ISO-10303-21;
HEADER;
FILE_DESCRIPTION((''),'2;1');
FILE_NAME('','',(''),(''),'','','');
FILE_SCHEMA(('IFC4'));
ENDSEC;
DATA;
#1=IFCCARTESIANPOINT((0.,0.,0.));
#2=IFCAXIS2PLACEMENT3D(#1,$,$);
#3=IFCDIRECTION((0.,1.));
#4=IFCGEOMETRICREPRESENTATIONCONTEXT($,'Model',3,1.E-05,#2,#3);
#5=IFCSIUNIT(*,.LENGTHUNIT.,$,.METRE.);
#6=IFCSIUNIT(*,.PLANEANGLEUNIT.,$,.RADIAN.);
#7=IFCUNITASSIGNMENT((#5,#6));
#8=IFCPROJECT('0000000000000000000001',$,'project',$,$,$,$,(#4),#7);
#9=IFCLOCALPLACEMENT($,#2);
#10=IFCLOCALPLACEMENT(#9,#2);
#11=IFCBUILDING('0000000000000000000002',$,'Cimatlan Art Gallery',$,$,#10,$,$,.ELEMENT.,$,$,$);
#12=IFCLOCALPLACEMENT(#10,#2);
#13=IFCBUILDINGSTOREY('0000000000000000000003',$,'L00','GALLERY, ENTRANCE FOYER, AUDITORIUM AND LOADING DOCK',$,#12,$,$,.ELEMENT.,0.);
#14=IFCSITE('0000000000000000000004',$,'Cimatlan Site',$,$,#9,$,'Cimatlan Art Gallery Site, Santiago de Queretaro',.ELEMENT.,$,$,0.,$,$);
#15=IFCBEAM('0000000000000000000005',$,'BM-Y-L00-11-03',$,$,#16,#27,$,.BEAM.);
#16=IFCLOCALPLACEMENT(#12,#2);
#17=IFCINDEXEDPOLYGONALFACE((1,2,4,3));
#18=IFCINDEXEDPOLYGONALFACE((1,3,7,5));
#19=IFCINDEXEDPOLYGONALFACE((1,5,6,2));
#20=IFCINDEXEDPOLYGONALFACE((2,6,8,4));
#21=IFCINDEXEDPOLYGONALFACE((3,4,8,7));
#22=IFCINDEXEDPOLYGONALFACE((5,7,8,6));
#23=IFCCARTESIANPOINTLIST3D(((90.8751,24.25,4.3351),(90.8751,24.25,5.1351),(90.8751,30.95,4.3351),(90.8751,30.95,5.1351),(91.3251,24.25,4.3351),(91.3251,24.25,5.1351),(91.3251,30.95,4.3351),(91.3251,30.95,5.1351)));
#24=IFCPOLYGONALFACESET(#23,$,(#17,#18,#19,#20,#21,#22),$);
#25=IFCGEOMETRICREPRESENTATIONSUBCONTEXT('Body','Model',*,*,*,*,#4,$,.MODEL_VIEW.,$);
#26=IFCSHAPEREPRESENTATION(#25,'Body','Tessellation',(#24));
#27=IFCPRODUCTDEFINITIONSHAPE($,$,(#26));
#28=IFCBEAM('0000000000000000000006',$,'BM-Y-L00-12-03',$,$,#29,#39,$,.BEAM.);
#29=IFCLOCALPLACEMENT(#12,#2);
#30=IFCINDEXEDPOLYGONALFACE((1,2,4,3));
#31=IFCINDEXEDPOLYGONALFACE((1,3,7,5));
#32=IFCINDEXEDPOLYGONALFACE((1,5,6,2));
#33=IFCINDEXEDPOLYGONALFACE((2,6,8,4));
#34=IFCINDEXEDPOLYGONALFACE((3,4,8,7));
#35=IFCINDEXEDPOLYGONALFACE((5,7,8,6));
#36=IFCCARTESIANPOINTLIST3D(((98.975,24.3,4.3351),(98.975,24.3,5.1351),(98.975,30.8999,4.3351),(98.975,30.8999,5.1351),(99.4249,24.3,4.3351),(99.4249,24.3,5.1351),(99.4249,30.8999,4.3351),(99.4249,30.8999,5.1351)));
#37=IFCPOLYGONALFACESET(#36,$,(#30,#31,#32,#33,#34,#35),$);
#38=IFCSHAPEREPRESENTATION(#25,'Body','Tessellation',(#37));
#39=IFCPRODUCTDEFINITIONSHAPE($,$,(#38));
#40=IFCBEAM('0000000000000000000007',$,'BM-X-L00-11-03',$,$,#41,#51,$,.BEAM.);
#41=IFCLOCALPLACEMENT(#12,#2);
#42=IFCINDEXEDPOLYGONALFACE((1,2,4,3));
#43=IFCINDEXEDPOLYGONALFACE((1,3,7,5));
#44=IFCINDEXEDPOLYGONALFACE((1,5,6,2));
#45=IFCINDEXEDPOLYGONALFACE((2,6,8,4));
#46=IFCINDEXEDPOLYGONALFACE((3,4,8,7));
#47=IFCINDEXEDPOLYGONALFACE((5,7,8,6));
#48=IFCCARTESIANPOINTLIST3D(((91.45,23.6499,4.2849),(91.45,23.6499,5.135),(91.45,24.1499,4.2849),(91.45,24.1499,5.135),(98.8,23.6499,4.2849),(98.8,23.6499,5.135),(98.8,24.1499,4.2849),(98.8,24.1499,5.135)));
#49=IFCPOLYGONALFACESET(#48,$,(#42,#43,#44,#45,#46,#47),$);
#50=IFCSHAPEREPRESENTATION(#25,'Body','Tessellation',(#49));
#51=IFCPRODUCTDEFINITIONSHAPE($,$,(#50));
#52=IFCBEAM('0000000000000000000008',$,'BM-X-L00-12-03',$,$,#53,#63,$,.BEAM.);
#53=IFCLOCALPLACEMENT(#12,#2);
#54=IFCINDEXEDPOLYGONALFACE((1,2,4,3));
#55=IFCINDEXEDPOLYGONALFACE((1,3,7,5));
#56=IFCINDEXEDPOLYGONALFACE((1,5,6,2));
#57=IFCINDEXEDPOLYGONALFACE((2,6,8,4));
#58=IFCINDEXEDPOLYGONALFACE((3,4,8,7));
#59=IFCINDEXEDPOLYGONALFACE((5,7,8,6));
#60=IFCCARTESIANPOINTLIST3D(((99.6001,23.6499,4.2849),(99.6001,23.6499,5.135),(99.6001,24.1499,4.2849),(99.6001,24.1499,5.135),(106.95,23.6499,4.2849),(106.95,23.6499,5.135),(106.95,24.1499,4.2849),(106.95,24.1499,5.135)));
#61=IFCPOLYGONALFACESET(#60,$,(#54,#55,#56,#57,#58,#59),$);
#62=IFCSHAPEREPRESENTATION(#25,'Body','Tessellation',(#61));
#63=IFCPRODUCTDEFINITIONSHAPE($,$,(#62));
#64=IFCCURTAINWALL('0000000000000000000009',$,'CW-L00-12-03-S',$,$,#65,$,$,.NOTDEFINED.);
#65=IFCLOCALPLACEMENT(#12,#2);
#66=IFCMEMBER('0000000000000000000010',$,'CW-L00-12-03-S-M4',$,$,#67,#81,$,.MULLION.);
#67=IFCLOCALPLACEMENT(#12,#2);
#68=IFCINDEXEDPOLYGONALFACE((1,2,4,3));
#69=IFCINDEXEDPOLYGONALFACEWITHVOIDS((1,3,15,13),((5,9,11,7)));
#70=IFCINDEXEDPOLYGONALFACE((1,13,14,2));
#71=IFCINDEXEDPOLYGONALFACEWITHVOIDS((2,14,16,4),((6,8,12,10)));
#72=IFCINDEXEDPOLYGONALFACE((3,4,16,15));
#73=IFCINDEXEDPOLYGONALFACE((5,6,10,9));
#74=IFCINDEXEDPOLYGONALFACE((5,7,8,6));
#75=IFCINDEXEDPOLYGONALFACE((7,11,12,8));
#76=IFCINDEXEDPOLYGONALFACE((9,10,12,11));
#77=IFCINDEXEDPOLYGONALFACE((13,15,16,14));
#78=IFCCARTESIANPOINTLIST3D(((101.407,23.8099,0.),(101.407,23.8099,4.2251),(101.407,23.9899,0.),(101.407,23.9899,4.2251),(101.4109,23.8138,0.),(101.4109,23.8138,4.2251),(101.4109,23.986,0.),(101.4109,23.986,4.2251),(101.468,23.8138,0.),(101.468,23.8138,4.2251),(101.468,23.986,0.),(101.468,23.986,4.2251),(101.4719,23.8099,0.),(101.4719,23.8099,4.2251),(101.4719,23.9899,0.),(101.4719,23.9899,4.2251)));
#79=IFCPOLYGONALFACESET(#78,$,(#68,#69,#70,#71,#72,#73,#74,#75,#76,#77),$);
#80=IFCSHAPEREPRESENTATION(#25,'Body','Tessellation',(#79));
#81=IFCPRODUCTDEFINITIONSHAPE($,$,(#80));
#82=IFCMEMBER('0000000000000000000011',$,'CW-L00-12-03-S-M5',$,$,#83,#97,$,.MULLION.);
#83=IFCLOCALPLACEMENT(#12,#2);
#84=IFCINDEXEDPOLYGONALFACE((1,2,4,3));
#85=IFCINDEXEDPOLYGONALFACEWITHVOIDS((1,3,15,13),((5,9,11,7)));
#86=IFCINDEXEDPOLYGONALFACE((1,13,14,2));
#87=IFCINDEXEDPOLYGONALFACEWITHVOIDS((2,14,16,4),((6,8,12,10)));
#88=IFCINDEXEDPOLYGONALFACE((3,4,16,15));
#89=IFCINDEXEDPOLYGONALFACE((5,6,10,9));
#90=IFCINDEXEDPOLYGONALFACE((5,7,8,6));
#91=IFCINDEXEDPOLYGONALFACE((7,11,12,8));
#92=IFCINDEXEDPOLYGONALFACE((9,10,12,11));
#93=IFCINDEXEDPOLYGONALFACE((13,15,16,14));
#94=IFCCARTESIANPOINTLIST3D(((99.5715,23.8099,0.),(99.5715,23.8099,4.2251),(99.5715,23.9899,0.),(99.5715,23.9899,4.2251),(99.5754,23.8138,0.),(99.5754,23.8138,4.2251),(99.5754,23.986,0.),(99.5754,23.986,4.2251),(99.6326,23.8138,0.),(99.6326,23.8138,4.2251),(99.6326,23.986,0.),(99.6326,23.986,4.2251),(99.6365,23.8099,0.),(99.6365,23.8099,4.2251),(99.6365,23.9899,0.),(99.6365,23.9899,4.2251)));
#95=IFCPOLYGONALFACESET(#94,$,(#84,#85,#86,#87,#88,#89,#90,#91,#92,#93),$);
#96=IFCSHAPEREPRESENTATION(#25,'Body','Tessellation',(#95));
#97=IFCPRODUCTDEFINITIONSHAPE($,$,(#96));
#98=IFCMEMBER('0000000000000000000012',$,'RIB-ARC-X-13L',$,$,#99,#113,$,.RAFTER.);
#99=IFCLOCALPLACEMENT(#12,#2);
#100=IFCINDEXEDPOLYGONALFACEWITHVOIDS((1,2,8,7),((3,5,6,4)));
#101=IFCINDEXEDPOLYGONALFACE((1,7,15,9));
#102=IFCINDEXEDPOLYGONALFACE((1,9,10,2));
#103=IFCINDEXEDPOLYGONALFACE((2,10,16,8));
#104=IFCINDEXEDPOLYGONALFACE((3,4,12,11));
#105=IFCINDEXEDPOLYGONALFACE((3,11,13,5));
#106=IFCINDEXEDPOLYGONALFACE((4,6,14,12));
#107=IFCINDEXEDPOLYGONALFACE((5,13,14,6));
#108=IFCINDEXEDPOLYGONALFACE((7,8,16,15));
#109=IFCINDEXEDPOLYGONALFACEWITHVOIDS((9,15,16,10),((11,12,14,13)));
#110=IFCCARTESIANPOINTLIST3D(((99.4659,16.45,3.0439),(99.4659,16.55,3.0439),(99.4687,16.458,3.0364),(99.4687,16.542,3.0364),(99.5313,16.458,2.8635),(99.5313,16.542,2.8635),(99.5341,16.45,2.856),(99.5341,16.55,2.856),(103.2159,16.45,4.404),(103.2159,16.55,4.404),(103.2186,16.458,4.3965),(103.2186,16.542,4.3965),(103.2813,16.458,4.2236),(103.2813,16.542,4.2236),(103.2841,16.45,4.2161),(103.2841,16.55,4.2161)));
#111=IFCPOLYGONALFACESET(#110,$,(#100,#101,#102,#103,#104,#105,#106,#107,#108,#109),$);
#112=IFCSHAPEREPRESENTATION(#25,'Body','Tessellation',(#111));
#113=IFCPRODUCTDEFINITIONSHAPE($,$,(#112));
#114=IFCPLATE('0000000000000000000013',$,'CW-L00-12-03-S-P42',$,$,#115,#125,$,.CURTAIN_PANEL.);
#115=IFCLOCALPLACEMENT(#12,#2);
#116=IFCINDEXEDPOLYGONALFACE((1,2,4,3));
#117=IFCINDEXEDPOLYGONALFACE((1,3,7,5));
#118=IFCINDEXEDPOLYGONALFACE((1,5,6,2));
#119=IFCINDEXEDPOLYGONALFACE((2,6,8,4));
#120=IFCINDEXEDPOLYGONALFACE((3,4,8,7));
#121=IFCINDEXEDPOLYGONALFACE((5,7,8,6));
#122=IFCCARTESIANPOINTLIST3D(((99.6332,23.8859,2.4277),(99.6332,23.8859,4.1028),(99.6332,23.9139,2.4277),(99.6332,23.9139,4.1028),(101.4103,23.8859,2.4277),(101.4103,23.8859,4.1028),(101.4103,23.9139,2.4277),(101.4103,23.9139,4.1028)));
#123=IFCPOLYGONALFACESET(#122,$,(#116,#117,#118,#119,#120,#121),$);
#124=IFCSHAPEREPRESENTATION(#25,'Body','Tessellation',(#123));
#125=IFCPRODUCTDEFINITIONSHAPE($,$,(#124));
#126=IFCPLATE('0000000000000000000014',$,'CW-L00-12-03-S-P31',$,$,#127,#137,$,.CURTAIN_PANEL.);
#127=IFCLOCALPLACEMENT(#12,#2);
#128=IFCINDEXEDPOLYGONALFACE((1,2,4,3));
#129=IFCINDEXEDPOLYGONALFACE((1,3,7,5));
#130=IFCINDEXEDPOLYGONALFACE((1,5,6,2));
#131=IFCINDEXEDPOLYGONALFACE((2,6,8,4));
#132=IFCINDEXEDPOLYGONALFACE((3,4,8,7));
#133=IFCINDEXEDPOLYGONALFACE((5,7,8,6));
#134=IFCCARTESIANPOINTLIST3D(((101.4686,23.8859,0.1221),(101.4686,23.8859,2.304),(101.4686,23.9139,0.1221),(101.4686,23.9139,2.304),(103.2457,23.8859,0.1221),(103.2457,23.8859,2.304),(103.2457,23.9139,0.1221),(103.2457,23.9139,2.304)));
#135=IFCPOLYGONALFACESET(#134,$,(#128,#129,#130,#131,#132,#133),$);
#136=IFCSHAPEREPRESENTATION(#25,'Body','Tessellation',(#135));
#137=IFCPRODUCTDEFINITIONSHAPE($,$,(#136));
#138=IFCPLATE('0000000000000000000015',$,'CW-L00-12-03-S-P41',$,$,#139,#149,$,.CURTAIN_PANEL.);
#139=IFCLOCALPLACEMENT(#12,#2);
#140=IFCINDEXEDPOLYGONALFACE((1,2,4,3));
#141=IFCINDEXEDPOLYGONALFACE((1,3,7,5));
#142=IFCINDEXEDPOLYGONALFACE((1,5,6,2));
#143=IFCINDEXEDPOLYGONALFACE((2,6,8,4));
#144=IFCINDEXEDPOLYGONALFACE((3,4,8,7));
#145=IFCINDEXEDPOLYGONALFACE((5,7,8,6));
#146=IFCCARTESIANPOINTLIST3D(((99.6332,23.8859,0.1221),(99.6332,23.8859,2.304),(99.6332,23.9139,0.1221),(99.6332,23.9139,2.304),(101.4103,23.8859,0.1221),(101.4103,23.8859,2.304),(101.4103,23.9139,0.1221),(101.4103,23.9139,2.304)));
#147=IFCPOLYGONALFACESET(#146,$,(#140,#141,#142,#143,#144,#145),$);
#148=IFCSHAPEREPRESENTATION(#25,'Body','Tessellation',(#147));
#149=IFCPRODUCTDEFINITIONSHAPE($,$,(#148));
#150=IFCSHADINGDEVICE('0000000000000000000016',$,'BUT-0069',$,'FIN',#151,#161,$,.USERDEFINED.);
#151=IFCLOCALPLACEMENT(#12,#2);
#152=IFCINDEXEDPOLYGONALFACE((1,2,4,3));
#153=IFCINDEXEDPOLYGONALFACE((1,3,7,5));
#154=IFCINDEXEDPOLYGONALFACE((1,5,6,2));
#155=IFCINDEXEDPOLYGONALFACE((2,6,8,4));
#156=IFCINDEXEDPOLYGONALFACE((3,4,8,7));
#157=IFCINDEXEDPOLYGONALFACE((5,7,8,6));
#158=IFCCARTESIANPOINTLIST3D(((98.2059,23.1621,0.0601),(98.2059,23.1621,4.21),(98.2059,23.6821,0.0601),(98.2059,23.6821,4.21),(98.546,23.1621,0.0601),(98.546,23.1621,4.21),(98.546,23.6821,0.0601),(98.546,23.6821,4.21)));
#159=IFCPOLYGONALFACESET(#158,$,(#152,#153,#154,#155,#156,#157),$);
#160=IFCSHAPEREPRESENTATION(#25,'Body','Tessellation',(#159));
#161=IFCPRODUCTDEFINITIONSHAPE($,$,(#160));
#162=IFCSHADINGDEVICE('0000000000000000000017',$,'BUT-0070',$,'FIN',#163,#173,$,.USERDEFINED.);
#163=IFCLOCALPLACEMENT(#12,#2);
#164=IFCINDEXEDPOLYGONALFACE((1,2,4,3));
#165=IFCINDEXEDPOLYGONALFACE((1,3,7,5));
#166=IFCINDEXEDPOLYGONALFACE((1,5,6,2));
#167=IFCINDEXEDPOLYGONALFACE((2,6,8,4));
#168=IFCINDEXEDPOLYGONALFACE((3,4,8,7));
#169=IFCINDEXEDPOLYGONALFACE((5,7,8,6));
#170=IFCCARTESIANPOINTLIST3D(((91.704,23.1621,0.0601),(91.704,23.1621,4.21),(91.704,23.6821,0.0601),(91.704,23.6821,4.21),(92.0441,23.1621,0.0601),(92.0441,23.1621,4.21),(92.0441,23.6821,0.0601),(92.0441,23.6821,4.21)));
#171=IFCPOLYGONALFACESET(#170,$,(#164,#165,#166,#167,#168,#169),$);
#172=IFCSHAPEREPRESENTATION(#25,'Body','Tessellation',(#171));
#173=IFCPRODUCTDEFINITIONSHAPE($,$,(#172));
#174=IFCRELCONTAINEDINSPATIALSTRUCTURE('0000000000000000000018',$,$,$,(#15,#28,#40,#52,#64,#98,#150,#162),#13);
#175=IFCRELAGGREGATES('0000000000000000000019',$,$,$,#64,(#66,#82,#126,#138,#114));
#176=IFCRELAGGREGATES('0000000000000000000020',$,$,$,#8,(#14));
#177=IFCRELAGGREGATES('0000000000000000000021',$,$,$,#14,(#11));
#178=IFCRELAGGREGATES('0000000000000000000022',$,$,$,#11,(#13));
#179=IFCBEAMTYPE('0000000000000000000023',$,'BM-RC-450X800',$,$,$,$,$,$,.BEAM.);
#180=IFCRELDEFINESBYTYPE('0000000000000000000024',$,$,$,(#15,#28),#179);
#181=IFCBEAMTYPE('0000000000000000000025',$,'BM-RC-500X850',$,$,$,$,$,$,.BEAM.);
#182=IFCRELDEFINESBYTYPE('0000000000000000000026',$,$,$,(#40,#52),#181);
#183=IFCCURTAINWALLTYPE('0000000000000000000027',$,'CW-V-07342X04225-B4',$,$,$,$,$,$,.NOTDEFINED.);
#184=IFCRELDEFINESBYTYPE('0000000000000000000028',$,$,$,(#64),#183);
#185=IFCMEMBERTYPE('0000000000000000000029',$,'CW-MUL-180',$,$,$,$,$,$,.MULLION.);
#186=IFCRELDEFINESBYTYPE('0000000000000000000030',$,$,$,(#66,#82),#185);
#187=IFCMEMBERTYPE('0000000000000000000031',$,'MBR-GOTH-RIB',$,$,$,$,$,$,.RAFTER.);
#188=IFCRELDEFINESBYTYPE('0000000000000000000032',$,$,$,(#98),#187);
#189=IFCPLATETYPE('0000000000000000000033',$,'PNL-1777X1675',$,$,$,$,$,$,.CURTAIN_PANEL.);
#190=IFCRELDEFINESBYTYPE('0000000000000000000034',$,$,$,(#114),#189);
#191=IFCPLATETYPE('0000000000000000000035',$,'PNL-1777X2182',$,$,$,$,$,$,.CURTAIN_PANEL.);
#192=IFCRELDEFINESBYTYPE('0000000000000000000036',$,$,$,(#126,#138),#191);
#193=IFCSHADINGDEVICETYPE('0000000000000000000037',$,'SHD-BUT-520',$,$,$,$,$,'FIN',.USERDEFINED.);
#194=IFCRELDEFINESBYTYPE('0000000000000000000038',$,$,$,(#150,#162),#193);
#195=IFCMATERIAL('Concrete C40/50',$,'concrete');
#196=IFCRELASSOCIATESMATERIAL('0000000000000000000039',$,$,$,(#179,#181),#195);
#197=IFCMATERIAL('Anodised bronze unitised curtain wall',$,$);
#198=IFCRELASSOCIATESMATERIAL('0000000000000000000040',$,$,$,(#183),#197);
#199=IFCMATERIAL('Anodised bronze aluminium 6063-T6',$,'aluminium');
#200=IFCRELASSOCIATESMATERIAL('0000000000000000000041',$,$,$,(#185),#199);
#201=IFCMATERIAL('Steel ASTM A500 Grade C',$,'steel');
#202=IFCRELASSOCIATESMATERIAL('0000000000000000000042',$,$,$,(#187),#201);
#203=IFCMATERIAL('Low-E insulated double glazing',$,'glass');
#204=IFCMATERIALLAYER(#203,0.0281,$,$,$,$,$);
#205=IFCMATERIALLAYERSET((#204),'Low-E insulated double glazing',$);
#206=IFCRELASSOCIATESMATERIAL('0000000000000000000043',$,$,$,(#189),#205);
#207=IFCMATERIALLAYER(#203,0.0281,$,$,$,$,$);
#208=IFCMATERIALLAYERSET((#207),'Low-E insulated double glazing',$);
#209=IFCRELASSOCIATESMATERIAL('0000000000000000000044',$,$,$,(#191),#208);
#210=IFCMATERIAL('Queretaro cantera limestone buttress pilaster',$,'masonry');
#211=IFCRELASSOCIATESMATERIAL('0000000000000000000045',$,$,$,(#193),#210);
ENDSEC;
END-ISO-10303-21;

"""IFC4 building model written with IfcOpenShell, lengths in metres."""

from ifc_helpers import new_model, si_unit, direction, frame, origin, origin_2d, place, context, subcontext, project, spatial, rectangle, hollow_rectangle, extrude, material, layer, layer_set, material_profile, profile_set, type_object, element, aggregate, save


model = new_model("IFC4")

# Units and contexts
model_context = context("Model", 3, precision=1e-05, world=origin(), true_north=direction((0.0, 1.0)))
body_context = subcontext(model_context, "Body", "Model", "MODEL_VIEW")
ifc_project = project(units=[si_unit("LENGTHUNIT", "METRE"), si_unit("PLANEANGLEUNIT", "RADIAN")], contexts=[model_context])

# Site, building, storey
site_placement = place(None, origin())
site = spatial("IfcSite", under=ifc_project, at=site_placement, Name="Cimatlan Site", LongName="Cimatlan Art Gallery Site, Santiago de Queretaro", CompositionType="ELEMENT", RefElevation=0.0)
building_placement = place(site_placement, origin())
building = spatial("IfcBuilding", under=site, at=building_placement, Name="Cimatlan Art Gallery", CompositionType="ELEMENT")
storey_placement = place(building_placement, origin())
storey = spatial("IfcBuildingStorey", under=building, at=storey_placement, Name="L00", Description="GALLERY, ENTRANCE FOYER, AUDITORIUM AND LOADING DOCK", CompositionType="ELEMENT", Elevation=0.0)

# Shared definitions
ifc_material_1 = material(Name="Concrete C40/50", Category="concrete")

# Beams
ifc_material_profile_1 = material_profile(ifc_material_1, rectangle(XDim=0.45, YDim=0.8, at=origin_2d()), Name="RC450X800")
ifc_profile_set_1 = profile_set([ifc_material_profile_1], Name="Concrete C40/50")
beam_type_1 = type_object("IfcBeamType", Name="BM-RC-450X800", PredefinedType="BEAM", material=ifc_profile_set_1)
beam_1_placement = place(storey_placement, frame((91.1001, 24.25, 4.7351), z_axis=(0.0, 1.0, 0.0), x_axis=(-1.0, 0.0, 0.0)))
element("IfcBeam", 1, at=beam_1_placement, inside=storey, type_object=beam_type_1, Name="BM-Y-L00-11-03", PredefinedType="BEAM", context=body_context, shape_type="SweptSolid", body=[
    extrude(rectangle(XDim=0.45, YDim=0.8, at=origin_2d()), origin(), (0.0, 0.0, 1.0), 6.7),
])
beam_2_placement = place(storey_placement, frame((99.2, 24.3, 4.7351), z_axis=(0.0, 1.0, 0.0), x_axis=(-1.0, 0.0, 0.0)))
element("IfcBeam", 2, at=beam_2_placement, inside=storey, type_object=beam_type_1, Name="BM-Y-L00-12-03", PredefinedType="BEAM", context=body_context, shape_type="SweptSolid", body=[
    extrude(rectangle(XDim=0.45, YDim=0.8, at=origin_2d()), origin(), (0.0, 0.0, 1.0), 6.5999),
])
ifc_material_profile_2 = material_profile(ifc_material_1, rectangle(XDim=0.5, YDim=0.8501, at=origin_2d()), Name="RC500X850")
ifc_profile_set_2 = profile_set([ifc_material_profile_2], Name="Concrete C40/50")
beam_type_2 = type_object("IfcBeamType", Name="BM-RC-500X850", PredefinedType="BEAM", material=ifc_profile_set_2)
beam_3_placement = place(storey_placement, frame((91.45, 23.8999, 4.71), z_axis=(1.0, 0.0, 0.0), x_axis=(0.0, 1.0, 0.0)))
element("IfcBeam", 3, at=beam_3_placement, inside=storey, type_object=beam_type_2, Name="BM-X-L00-11-03", PredefinedType="BEAM", context=body_context, shape_type="SweptSolid", body=[
    extrude(rectangle(XDim=0.5, YDim=0.8501, at=origin_2d()), origin(), (0.0, 0.0, 1.0), 7.3501),
])
beam_4_placement = place(storey_placement, frame((99.6001, 23.8999, 4.71), z_axis=(1.0, 0.0, 0.0), x_axis=(0.0, 1.0, 0.0)))
element("IfcBeam", 4, at=beam_4_placement, inside=storey, type_object=beam_type_2, Name="BM-X-L00-12-03", PredefinedType="BEAM", context=body_context, shape_type="SweptSolid", body=[
    extrude(rectangle(XDim=0.5, YDim=0.8501, at=origin_2d()), origin(), (0.0, 0.0, 1.0), 7.3499),
])

# Curtain wall, members
ifc_material_2 = material(Name="Anodised bronze unitised curtain wall")
curtain_wall_type = type_object("IfcCurtainWallType", Name="CW-V-07342X04225-B4", PredefinedType="NOTDEFINED", material=ifc_material_2)
curtain_wall_placement = place(storey_placement, origin())
curtain_wall = element("IfcCurtainWall", 5, at=curtain_wall_placement, inside=storey, type_object=curtain_wall_type, Name="CW-L00-12-03-S", PredefinedType="NOTDEFINED")
ifc_material_3 = material(Name="Anodised bronze aluminium 6063-T6", Category="aluminium")
ifc_material_profile_3 = material_profile(ifc_material_3, hollow_rectangle(XDim=0.0649, YDim=0.1799, WallThickness=0.0039, at=origin_2d()), Name="ALU65X180X4")
ifc_profile_set_3 = profile_set([ifc_material_profile_3], Name="Anodised bronze aluminium 6063-T6")
member_type_1 = type_object("IfcMemberType", Name="CW-MUL-180", PredefinedType="MULLION", material=ifc_profile_set_3)
member_1_placement = place(storey_placement, frame((101.4395, 23.8999, 0.0), z_axis=(0.0, 0.0, 1.0), x_axis=(1.0, 0.0, 0.0)))
member_1 = element("IfcMember", 6, at=member_1_placement, type_object=member_type_1, Name="CW-L00-12-03-S-M4", PredefinedType="MULLION", context=body_context, shape_type="SweptSolid", body=[
    extrude(hollow_rectangle(XDim=0.0649, YDim=0.1799, WallThickness=0.0039, at=origin_2d()), origin(), (0.0, 0.0, 1.0), 4.2251),
])
member_2_placement = place(storey_placement, frame((99.604, 23.8999, 0.0), z_axis=(0.0, 0.0, 1.0), x_axis=(1.0, 0.0, 0.0)))
member_2 = element("IfcMember", 7, at=member_2_placement, type_object=member_type_1, Name="CW-L00-12-03-S-M5", PredefinedType="MULLION", context=body_context, shape_type="SweptSolid", body=[
    extrude(hollow_rectangle(XDim=0.0649, YDim=0.1799, WallThickness=0.0039, at=origin_2d()), origin(), (0.0, 0.0, 1.0), 4.2251),
])

# Member
ifc_material_4 = material(Name="Steel ASTM A500 Grade C", Category="steel")
ifc_material_profile_4 = material_profile(ifc_material_4, hollow_rectangle(XDim=0.1001, YDim=0.2, WallThickness=0.0081, at=origin_2d()), Name="HSS200X100X8")
ifc_profile_set_4 = profile_set([ifc_material_profile_4], Name="Steel ASTM A500 Grade C")
member_type_2 = type_object("IfcMemberType", Name="MBR-GOTH-RIB", PredefinedType="RAFTER", material=ifc_profile_set_4)
member_3_placement = place(storey_placement, frame((99.5, 16.5, 2.95), z_axis=(0.940077, 0.0, 0.340962), x_axis=(0.0, 1.0, 0.0)))
element("IfcMember", 8, at=member_3_placement, inside=storey, type_object=member_type_2, Name="RIB-ARC-X-13L", PredefinedType="RAFTER", context=body_context, shape_type="SweptSolid", body=[
    extrude(hollow_rectangle(XDim=0.1001, YDim=0.2, WallThickness=0.0081, at=origin_2d()), origin(), (0.0, 0.0, 1.0), 3.989),
])

# Plates
ifc_material_5 = material(Name="Low-E insulated double glazing", Category="glass")
ifc_layer_1 = layer(ifc_material_5, 0.0281)
ifc_layer_set_1 = layer_set([ifc_layer_1], Name="Low-E insulated double glazing")
plate_type_1 = type_object("IfcPlateType", Name="PNL-1777X1675", PredefinedType="CURTAIN_PANEL", material=ifc_layer_set_1)
plate_1_placement = place(storey_placement, frame((100.5217, 23.8999, 2.4277), z_axis=(0.0, 0.0, 1.0), x_axis=(-1.0, 0.0, 0.0)))
plate_1 = element("IfcPlate", 9, at=plate_1_placement, type_object=plate_type_1, Name="CW-L00-12-03-S-P42", PredefinedType="CURTAIN_PANEL", context=body_context, shape_type="SweptSolid", body=[
    extrude(rectangle(XDim=1.7771, YDim=0.0281, at=origin_2d()), origin(), (0.0, 0.0, 1.0), 1.675),
])
ifc_layer_2 = layer(ifc_material_5, 0.0281)
ifc_layer_set_2 = layer_set([ifc_layer_2], Name="Low-E insulated double glazing")
plate_type_2 = type_object("IfcPlateType", Name="PNL-1777X2182", PredefinedType="CURTAIN_PANEL", material=ifc_layer_set_2)
plate_2_placement = place(storey_placement, frame((102.3572, 23.8999, 0.1221), z_axis=(0.0, 0.0, 1.0), x_axis=(-1.0, 0.0, 0.0)))
plate_2 = element("IfcPlate", 10, at=plate_2_placement, type_object=plate_type_2, Name="CW-L00-12-03-S-P31", PredefinedType="CURTAIN_PANEL", context=body_context, shape_type="SweptSolid", body=[
    extrude(rectangle(XDim=1.7771, YDim=0.0281, at=origin_2d()), origin(), (0.0, 0.0, 1.0), 2.1819),
])
plate_3_placement = place(storey_placement, frame((100.5217, 23.8999, 0.1221), z_axis=(0.0, 0.0, 1.0), x_axis=(-1.0, 0.0, 0.0)))
plate_3 = element("IfcPlate", 11, at=plate_3_placement, type_object=plate_type_2, Name="CW-L00-12-03-S-P41", PredefinedType="CURTAIN_PANEL", context=body_context, shape_type="SweptSolid", body=[
    extrude(rectangle(XDim=1.7771, YDim=0.0281, at=origin_2d()), origin(), (0.0, 0.0, 1.0), 2.1819),
])
aggregate(curtain_wall, [member_1, member_2, plate_2, plate_3, plate_1])

# Shading devices
ifc_material_6 = material(Name="Queretaro cantera limestone buttress pilaster", Category="masonry")
shading_device_type = type_object("IfcShadingDeviceType", Name="SHD-BUT-520", ElementType="FIN", PredefinedType="USERDEFINED", material=ifc_material_6)
for number, where, z_axis, x_axis, name in (
    (12, (98.376, 23.4221, 0.0601), (0.0, 0.0, 1.0), (-1.0, 0.0, 0.0), "BUT-0069"),
    (13, (91.874, 23.4221, 0.0601), (0.0, 0.0, 1.0), (-1.0, 0.0, 0.0), "BUT-0070"),
):
    element("IfcShadingDevice", number, at=place(storey_placement, frame(where, z_axis=z_axis, x_axis=x_axis)), inside=storey, type_object=shading_device_type, Name=name, ObjectType="FIN", PredefinedType="USERDEFINED", context=body_context, shape_type="SweptSolid", body=[
        extrude(rectangle(XDim=0.3401, YDim=0.52, at=origin_2d()), origin(), (0.0, 0.0, 1.0), 4.1499),
    ])

save(model, "model.ifc")
